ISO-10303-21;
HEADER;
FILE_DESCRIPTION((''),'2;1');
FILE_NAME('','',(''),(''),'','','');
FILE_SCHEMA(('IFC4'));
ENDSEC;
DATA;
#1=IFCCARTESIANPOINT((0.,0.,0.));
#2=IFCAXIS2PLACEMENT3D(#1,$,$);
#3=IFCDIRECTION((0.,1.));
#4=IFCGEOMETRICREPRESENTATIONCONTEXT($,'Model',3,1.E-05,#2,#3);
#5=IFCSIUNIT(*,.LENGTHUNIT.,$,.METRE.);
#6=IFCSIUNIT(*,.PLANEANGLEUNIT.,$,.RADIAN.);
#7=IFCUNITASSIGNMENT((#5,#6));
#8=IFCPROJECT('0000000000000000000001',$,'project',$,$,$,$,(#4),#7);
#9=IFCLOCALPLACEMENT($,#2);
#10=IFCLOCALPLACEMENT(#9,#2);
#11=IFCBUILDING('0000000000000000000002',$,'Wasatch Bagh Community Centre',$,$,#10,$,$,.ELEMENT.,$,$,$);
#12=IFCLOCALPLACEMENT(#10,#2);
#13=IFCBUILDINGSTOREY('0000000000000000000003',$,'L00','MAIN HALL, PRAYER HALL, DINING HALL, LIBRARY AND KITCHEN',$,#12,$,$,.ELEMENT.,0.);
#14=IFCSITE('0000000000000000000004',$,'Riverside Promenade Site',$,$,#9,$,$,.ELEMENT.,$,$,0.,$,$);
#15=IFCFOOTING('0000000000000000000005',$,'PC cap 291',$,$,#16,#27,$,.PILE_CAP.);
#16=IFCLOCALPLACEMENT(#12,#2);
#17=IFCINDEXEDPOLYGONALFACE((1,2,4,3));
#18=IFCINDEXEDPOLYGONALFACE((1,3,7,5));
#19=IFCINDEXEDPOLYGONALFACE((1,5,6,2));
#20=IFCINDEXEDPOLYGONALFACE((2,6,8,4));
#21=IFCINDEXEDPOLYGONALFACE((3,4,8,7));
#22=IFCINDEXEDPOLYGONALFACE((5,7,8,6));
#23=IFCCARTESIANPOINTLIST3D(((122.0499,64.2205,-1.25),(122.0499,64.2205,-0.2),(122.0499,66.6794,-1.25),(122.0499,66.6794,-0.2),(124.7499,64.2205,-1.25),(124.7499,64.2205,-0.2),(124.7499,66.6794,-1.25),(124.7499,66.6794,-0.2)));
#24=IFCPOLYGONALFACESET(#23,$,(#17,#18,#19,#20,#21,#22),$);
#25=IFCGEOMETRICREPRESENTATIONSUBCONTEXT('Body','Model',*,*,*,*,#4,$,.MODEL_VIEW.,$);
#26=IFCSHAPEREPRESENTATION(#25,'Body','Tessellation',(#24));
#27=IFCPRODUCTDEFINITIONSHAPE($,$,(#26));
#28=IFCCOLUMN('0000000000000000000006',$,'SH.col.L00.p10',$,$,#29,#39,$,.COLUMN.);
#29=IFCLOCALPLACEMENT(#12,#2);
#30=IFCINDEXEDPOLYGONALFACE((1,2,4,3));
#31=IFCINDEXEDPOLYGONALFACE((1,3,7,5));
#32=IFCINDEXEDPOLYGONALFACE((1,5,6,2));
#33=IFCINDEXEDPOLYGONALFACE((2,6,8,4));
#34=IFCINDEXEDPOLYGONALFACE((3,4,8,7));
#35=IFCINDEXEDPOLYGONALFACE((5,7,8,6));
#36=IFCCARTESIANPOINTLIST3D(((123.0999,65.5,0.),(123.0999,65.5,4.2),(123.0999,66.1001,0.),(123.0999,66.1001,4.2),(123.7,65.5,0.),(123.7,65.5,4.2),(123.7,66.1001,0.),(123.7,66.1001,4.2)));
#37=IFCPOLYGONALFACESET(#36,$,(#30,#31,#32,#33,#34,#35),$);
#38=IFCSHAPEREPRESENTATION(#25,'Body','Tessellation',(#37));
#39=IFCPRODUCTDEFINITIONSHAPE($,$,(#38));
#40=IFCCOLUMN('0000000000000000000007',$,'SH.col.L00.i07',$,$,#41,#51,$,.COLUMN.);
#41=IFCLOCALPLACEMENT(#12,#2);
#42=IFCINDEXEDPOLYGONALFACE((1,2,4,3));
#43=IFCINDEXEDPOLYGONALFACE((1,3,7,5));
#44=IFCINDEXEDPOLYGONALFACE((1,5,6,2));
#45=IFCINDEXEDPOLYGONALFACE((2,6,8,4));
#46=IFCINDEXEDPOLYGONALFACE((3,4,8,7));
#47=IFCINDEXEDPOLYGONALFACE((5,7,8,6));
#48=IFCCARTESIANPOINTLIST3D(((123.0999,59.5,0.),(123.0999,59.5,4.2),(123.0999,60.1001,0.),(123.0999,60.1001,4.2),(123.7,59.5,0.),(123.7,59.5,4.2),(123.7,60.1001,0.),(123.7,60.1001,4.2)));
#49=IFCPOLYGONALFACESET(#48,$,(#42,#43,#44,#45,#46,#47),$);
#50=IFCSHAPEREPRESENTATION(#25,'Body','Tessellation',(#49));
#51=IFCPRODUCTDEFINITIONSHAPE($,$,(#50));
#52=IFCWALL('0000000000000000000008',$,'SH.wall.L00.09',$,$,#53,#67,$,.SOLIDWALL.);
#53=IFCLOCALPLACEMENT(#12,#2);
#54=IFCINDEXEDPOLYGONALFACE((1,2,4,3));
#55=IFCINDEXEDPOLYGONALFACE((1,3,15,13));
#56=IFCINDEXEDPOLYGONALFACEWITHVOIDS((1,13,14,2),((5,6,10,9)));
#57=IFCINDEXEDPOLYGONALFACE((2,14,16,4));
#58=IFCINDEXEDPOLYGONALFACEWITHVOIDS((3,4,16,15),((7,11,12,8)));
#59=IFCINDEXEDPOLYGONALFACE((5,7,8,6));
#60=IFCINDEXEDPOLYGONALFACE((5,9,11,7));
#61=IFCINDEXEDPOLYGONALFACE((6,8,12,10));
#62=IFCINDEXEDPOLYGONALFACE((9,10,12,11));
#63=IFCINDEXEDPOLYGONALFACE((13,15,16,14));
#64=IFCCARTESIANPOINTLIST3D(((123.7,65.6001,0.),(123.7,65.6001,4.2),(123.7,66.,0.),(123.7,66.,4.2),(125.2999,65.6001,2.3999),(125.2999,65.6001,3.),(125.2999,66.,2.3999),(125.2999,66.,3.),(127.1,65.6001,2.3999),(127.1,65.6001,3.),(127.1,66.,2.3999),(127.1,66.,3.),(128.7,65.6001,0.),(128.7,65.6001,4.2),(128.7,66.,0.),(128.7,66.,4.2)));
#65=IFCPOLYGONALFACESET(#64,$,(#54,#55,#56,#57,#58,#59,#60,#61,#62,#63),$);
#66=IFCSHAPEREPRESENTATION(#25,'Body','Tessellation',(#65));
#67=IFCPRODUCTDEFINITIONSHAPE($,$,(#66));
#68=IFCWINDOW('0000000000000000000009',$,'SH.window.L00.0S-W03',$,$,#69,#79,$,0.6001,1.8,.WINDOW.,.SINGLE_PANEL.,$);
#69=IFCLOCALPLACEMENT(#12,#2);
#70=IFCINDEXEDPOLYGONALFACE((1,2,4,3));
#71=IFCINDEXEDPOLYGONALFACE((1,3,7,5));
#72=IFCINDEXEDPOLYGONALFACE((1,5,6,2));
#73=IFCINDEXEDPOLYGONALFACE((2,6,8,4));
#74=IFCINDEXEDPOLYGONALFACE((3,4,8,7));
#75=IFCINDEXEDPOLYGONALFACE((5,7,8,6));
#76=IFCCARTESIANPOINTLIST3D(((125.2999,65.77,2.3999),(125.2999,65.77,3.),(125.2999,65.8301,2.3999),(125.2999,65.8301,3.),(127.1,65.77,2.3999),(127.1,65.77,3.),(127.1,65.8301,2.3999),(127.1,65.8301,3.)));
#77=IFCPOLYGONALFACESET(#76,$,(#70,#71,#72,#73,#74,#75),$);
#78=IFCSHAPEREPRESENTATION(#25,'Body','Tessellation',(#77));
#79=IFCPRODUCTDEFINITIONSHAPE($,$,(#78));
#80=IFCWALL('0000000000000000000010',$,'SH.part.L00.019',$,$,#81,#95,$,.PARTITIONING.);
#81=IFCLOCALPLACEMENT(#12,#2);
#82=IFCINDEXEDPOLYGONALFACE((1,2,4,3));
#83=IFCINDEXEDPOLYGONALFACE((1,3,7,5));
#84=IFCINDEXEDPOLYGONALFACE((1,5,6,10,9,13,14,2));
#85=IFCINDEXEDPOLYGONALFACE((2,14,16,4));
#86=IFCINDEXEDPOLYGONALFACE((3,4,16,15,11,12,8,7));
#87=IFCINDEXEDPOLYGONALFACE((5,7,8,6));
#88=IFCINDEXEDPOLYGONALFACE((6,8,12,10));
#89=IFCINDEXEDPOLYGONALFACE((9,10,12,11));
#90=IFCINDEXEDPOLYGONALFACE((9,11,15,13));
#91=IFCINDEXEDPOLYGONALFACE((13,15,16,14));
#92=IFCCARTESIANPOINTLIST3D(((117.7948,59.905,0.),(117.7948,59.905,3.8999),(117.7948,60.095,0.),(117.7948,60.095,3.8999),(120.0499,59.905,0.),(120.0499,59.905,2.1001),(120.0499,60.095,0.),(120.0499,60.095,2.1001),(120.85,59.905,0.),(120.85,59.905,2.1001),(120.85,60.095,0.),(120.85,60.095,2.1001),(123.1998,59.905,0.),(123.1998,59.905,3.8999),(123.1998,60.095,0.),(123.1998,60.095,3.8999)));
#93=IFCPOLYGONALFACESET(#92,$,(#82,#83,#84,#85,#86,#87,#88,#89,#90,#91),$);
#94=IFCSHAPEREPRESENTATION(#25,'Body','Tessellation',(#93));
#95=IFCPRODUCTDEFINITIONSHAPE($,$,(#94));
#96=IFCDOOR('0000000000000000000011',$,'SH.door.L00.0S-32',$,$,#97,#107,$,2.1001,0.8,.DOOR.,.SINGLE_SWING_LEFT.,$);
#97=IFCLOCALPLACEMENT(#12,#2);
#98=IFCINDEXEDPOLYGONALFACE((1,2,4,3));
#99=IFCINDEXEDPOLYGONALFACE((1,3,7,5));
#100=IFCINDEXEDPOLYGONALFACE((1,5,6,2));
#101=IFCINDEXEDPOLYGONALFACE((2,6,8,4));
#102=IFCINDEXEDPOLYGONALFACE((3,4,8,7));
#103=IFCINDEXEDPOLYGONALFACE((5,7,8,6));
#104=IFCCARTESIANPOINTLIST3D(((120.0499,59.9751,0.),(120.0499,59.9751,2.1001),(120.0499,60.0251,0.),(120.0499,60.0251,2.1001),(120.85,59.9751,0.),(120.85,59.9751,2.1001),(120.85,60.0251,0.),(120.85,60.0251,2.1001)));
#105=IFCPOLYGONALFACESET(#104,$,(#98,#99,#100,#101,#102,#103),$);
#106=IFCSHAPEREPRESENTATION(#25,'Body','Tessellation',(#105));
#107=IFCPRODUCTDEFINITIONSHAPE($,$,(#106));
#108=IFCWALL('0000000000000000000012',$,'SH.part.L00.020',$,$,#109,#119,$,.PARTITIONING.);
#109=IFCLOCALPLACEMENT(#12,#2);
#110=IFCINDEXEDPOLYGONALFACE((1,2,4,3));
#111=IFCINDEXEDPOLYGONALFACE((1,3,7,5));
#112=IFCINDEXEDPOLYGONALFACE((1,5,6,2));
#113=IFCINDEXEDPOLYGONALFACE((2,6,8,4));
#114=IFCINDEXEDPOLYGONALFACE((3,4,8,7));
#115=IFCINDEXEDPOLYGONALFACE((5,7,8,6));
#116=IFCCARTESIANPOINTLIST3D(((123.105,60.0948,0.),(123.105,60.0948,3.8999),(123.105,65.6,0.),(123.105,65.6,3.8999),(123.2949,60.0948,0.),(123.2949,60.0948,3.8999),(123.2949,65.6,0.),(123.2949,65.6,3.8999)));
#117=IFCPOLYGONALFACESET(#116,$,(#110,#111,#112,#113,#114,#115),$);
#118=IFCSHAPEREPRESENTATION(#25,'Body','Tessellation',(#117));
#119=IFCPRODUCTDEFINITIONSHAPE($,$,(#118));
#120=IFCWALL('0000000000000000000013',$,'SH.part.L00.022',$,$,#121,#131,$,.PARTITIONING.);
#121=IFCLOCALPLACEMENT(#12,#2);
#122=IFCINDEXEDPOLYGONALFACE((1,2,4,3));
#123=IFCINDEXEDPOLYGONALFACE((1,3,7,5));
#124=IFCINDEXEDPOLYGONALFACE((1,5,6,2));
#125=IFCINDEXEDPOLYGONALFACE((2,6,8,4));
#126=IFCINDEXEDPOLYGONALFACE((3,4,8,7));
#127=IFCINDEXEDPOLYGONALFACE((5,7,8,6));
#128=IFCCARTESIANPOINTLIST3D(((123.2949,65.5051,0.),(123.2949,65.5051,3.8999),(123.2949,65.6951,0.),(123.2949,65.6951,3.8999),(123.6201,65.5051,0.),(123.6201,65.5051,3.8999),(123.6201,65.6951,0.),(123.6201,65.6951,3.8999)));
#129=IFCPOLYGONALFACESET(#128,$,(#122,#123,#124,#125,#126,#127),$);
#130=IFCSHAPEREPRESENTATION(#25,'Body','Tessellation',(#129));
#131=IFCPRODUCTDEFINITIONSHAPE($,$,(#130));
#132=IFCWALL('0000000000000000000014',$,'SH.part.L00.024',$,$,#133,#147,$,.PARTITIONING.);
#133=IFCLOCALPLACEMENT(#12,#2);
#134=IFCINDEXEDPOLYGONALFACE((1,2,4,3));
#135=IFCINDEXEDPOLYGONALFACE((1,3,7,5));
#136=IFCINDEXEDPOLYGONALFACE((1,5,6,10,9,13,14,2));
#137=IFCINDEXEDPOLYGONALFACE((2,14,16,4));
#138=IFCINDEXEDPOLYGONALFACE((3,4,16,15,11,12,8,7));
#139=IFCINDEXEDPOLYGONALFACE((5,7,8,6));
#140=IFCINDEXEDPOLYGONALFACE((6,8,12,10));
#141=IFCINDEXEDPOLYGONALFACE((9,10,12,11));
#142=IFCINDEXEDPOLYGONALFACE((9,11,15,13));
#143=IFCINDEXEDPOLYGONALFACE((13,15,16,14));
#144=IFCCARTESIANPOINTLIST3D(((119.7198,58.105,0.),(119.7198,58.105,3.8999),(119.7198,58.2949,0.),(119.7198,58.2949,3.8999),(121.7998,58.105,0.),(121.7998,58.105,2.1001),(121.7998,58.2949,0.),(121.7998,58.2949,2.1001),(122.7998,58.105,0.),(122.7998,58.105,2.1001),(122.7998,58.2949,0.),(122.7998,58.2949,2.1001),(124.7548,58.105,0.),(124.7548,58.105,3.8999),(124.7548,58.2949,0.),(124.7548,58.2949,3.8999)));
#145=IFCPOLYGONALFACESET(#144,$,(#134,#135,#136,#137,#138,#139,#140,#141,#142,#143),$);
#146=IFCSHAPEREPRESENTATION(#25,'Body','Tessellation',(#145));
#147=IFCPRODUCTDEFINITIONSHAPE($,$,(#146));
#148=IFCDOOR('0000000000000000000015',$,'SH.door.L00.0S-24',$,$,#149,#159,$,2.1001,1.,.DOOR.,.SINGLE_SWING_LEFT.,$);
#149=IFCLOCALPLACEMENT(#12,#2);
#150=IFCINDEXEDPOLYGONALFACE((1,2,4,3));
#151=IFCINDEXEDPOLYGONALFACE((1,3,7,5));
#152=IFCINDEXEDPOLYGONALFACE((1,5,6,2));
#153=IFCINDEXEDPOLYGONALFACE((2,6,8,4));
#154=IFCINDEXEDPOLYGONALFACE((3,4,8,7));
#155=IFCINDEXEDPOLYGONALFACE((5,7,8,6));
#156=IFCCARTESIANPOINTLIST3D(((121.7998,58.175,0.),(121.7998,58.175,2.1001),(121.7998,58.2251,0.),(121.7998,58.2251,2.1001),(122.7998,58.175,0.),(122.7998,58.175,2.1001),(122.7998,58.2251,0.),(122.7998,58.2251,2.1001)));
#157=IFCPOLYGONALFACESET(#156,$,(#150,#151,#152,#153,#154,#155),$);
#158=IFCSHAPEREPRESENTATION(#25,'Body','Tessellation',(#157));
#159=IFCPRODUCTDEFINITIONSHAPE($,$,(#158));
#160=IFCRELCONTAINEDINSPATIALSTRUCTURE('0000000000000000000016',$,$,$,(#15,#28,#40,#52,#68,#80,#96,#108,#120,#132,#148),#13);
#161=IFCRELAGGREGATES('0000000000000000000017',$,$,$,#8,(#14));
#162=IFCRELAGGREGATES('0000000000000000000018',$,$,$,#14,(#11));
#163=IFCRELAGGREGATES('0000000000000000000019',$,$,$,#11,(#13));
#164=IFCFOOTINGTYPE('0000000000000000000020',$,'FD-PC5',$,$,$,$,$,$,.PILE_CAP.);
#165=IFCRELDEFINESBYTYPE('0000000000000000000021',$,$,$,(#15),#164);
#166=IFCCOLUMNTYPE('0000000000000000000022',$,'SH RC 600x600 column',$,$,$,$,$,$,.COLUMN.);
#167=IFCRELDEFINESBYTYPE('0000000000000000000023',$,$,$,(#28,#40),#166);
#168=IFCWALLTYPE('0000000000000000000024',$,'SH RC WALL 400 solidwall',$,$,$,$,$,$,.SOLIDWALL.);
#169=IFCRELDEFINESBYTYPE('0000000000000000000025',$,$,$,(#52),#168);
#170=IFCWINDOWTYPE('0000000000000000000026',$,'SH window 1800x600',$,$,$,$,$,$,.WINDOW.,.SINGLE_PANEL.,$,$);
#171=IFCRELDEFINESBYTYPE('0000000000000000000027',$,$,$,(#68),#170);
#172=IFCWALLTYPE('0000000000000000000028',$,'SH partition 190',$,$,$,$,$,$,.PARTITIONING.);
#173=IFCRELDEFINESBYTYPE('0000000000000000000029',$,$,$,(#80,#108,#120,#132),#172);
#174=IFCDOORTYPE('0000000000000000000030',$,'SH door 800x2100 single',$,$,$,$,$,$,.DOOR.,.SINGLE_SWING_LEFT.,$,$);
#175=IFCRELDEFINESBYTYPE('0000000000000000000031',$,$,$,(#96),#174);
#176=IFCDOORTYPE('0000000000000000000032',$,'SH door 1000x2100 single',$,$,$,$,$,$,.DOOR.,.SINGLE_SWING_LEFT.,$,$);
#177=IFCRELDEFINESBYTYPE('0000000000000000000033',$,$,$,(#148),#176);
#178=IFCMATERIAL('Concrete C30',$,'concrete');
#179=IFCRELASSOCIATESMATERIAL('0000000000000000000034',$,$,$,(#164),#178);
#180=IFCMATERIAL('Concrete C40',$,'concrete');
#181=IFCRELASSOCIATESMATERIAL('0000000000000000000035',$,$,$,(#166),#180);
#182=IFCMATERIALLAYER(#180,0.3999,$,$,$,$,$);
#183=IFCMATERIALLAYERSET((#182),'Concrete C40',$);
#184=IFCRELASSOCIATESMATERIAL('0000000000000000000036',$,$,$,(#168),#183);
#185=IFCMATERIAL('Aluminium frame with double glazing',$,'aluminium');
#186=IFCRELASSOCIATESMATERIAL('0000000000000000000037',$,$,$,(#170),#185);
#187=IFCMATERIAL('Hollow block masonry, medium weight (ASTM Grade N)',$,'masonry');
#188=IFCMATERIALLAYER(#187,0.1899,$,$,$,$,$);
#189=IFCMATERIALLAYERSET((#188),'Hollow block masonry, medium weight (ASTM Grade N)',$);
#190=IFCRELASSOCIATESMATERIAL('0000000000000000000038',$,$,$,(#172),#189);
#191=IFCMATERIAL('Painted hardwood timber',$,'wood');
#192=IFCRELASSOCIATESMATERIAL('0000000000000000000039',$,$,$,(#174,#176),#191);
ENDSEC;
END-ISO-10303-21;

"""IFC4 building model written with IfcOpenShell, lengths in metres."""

from ifc_helpers import new_model, si_unit, direction, frame, frame_2d, origin, origin_2d, place, context, subcontext, project, spatial, rectangle, extrude, material, layer, layer_set, material_profile, profile_set, type_object, element, fill, save


model = new_model("IFC4")

# Units and contexts
model_context = context("Model", 3, precision=1e-05, world=origin(), true_north=direction((0.0, 1.0)))
body_context = subcontext(model_context, "Body", "Model", "MODEL_VIEW")
ifc_project = project(units=[si_unit("LENGTHUNIT", "METRE"), si_unit("PLANEANGLEUNIT", "RADIAN")], contexts=[model_context])

# Site, building, storey
site_placement = place(None, origin())
site = spatial("IfcSite", under=ifc_project, at=site_placement, Name="Riverside Promenade Site", CompositionType="ELEMENT", RefElevation=0.0)
building_placement = place(site_placement, origin())
building = spatial("IfcBuilding", under=site, at=building_placement, Name="Wasatch Bagh Community Centre", CompositionType="ELEMENT")
storey_placement = place(building_placement, origin())
storey = spatial("IfcBuildingStorey", under=building, at=storey_placement, Name="L00", Description="MAIN HALL, PRAYER HALL, DINING HALL, LIBRARY AND KITCHEN", CompositionType="ELEMENT", Elevation=0.0)

# Shared definitions
ifc_material_1 = material(Name="Concrete C30", Category="concrete")

# Footing
footing_type_1 = type_object("IfcFootingType", Name="FD-PC5", PredefinedType="PILE_CAP", material=ifc_material_1)
footing_1_placement = place(storey_placement, frame((123.3999, 65.45, -1.25), z_axis=(0.0, 0.0, 1.0), x_axis=(1.0, 0.0, 0.0)))
element("IfcFooting", 1, at=footing_1_placement, inside=storey, type_object=footing_type_1, Name="PC cap 291", PredefinedType="PILE_CAP", context=body_context, shape_type="SweptSolid", body=[
    extrude(rectangle(XDim=2.7, YDim=2.459, at=origin_2d()), origin(), (0.0, 0.0, 1.0), 1.05),
])

# Columns
ifc_material_2 = material(Name="Concrete C40", Category="concrete")
ifc_material_profile_1 = material_profile(ifc_material_2, rectangle(XDim=0.6001, YDim=0.6001, at=origin_2d()), Name="RC 600x600")
ifc_profile_set_1 = profile_set([ifc_material_profile_1], Name="Concrete C40")
column_type = type_object("IfcColumnType", Name="SH RC 600x600 column", PredefinedType="COLUMN", material=ifc_profile_set_1)
for number, where, z_axis, x_axis, name in (
    (2, (123.3999, 65.8, 0.0), (0.0, 0.0, 1.0), (1.0, 0.0, 0.0), "SH.col.L00.p10"),
    (3, (123.3999, 59.8, 0.0), (0.0, 0.0, 1.0), (1.0, 0.0, 0.0), "SH.col.L00.i07"),
):
    element("IfcColumn", number, at=place(storey_placement, frame(where, z_axis=z_axis, x_axis=x_axis)), inside=storey, type_object=column_type, Name=name, PredefinedType="COLUMN", context=body_context, shape_type="SweptSolid", body=[
        extrude(rectangle(XDim=0.6001, YDim=0.6001, at=origin_2d()), origin(), (0.0, 0.0, 1.0), 4.2),
    ])

# Wall, opening, window
ifc_layer_1 = layer(ifc_material_2, 0.3999)
ifc_layer_set_1 = layer_set([ifc_layer_1], Name="Concrete C40")
wall_type_1 = type_object("IfcWallType", Name="SH RC WALL 400 solidwall", PredefinedType="SOLIDWALL", material=ifc_layer_set_1)
wall_1_placement = place(storey_placement, frame((123.7, 65.8, 0.0), z_axis=(0.0, 0.0, 1.0), x_axis=(1.0, 0.0, 0.0)))
wall_1 = element("IfcWall", 4, at=wall_1_placement, inside=storey, type_object=wall_type_1, Name="SH.wall.L00.09", PredefinedType="SOLIDWALL", context=body_context, shape_type="SweptSolid", body=[
    extrude(rectangle(XDim=5.0, YDim=0.3999, at=frame_2d((2.5, 0.0))), origin(), (0.0, 0.0, 1.0), 4.2),
])
opening_1_placement = place(wall_1_placement, frame((1.6001, 0.0, 2.3999)))
opening_1 = element("IfcOpeningElement", 5, at=opening_1_placement, cuts=wall_1, PredefinedType="OPENING", context=body_context, shape_type="SweptSolid", body=[
    extrude(rectangle(XDim=1.8, YDim=0.6001, at=frame_2d((0.8999, 0.3))), frame((0.0, 0.21, 0.0), z_axis=(0.0, -1.0, 0.0), x_axis=(1.0, 0.0, 0.0)), (0.0, 0.0, 1.0), 0.4199),
])
ifc_material_3 = material(Name="Aluminium frame with double glazing", Category="aluminium")
window_type = type_object("IfcWindowType", Name="SH window 1800x600", PartitioningType="SINGLE_PANEL", PredefinedType="WINDOW", material=ifc_material_3)
window_placement = place(opening_1_placement, origin())
window = element("IfcWindow", 6, at=window_placement, inside=storey, type_object=window_type, Name="SH.window.L00.0S-W03", OverallHeight=0.6001, OverallWidth=1.8, PartitioningType="SINGLE_PANEL", PredefinedType="WINDOW", context=body_context, shape_type="SweptSolid", body=[
    extrude(rectangle(XDim=1.8, YDim=0.6001, at=frame_2d((0.8999, 0.3))), frame((0.0, 0.03, 0.0), z_axis=(0.0, -1.0, 0.0), x_axis=(1.0, 0.0, 0.0)), (0.0, 0.0, 1.0), 0.0601),
])
fill(opening_1, window)

# Wall, opening, door
ifc_material_4 = material(Name="Hollow block masonry, medium weight (ASTM Grade N)", Category="masonry")
ifc_layer_2 = layer(ifc_material_4, 0.1899)
ifc_layer_set_2 = layer_set([ifc_layer_2], Name="Hollow block masonry, medium weight (ASTM Grade N)")
wall_type_2 = type_object("IfcWallType", Name="SH partition 190", PredefinedType="PARTITIONING", material=ifc_layer_set_2)
wall_2_placement = place(storey_placement, frame((123.2, 60.0, 0.0), z_axis=(0.0, 0.0, 1.0), x_axis=(-1.0, 0.0, 0.0)))
wall_2 = element("IfcWall", 7, at=wall_2_placement, inside=storey, type_object=wall_type_2, Name="SH.part.L00.019", PredefinedType="PARTITIONING", context=body_context, shape_type="SweptSolid", body=[
    extrude(rectangle(XDim=5.405, YDim=0.1899, at=frame_2d((2.7026, 0.0))), origin(), (0.0, 0.0, 1.0), 3.8999),
])
opening_2_placement = place(wall_2_placement, frame((2.3501, 0.0, 0.0)))
opening_2 = element("IfcOpeningElement", 8, at=opening_2_placement, cuts=wall_2, PredefinedType="OPENING", context=body_context, shape_type="SweptSolid", body=[
    extrude(rectangle(XDim=0.8, YDim=2.1001, at=frame_2d((0.3999, 1.05))), frame((0.0, 0.105, 0.0), z_axis=(0.0, -1.0, 0.0), x_axis=(1.0, 0.0, 0.0)), (0.0, 0.0, 1.0), 0.21),
])
ifc_material_5 = material(Name="Painted hardwood timber", Category="wood")
door_type_1 = type_object("IfcDoorType", Name="SH door 800x2100 single", OperationType="SINGLE_SWING_LEFT", PredefinedType="DOOR", material=ifc_material_5)
door_1_placement = place(opening_2_placement, origin())
door_1 = element("IfcDoor", 9, at=door_1_placement, inside=storey, type_object=door_type_1, Name="SH.door.L00.0S-32", OperationType="SINGLE_SWING_LEFT", OverallHeight=2.1001, OverallWidth=0.8, PredefinedType="DOOR", context=body_context, shape_type="SweptSolid", body=[
    extrude(rectangle(XDim=0.8, YDim=2.1001, at=frame_2d((0.3999, 1.05))), frame((0.0, 0.0249, 0.0), z_axis=(0.0, -1.0, 0.0), x_axis=(1.0, 0.0, 0.0)), (0.0, 0.0, 1.0), 0.05),
])
fill(opening_2, door_1)

# Walls
wall_3_placement = place(storey_placement, frame((123.2, 60.095, 0.0), z_axis=(0.0, 0.0, 1.0), x_axis=(0.0, 1.0, 0.0)))
element("IfcWall", 10, at=wall_3_placement, inside=storey, type_object=wall_type_2, Name="SH.part.L00.020", PredefinedType="PARTITIONING", context=body_context, shape_type="SweptSolid", body=[
    extrude(rectangle(XDim=5.5051, YDim=0.1899, at=frame_2d((2.7524, 0.0))), origin(), (0.0, 0.0, 1.0), 3.8999),
])
wall_4_placement = place(storey_placement, frame((123.6201, 65.6001, 0.0), z_axis=(0.0, 0.0, 1.0), x_axis=(-1.0, 0.0, 0.0)))
element("IfcWall", 11, at=wall_4_placement, inside=storey, type_object=wall_type_2, Name="SH.part.L00.022", PredefinedType="PARTITIONING", context=body_context, shape_type="SweptSolid", body=[
    extrude(rectangle(XDim=0.3252, YDim=0.1899, at=frame_2d((0.1626, 0.0))), origin(), (0.0, 0.0, 1.0), 3.8999),
])

# Wall, opening, door
wall_5_placement = place(storey_placement, frame((124.7549, 58.2, 0.0), z_axis=(0.0, 0.0, 1.0), x_axis=(-1.0, 0.0, 0.0)))
wall_5 = element("IfcWall", 12, at=wall_5_placement, inside=storey, type_object=wall_type_2, Name="SH.part.L00.024", PredefinedType="PARTITIONING", context=body_context, shape_type="SweptSolid", body=[
    extrude(rectangle(XDim=5.0349, YDim=0.1899, at=frame_2d((2.5176, 0.0))), origin(), (0.0, 0.0, 1.0), 3.8999),
])
opening_3_placement = place(wall_5_placement, frame((1.9551, 0.0, 0.0)))
opening_3 = element("IfcOpeningElement", 13, at=opening_3_placement, cuts=wall_5, PredefinedType="OPENING", context=body_context, shape_type="SweptSolid", body=[
    extrude(rectangle(XDim=1.0, YDim=2.1001, at=frame_2d((0.5, 1.05))), frame((0.0, 0.105, 0.0), z_axis=(0.0, -1.0, 0.0), x_axis=(1.0, 0.0, 0.0)), (0.0, 0.0, 1.0), 0.21),
])
door_type_2 = type_object("IfcDoorType", Name="SH door 1000x2100 single", OperationType="SINGLE_SWING_LEFT", PredefinedType="DOOR", material=ifc_material_5)
door_2_placement = place(opening_3_placement, origin())
door_2 = element("IfcDoor", 14, at=door_2_placement, inside=storey, type_object=door_type_2, Name="SH.door.L00.0S-24", OperationType="SINGLE_SWING_LEFT", OverallHeight=2.1001, OverallWidth=1.0, PredefinedType="DOOR", context=body_context, shape_type="SweptSolid", body=[
    extrude(rectangle(XDim=1.0, YDim=2.1001, at=frame_2d((0.5, 1.05))), frame((0.0, 0.0249, 0.0), z_axis=(0.0, -1.0, 0.0), x_axis=(1.0, 0.0, 0.0)), (0.0, 0.0, 1.0), 0.05),
])
fill(opening_3, door_2)

save(model, "model.ifc")
